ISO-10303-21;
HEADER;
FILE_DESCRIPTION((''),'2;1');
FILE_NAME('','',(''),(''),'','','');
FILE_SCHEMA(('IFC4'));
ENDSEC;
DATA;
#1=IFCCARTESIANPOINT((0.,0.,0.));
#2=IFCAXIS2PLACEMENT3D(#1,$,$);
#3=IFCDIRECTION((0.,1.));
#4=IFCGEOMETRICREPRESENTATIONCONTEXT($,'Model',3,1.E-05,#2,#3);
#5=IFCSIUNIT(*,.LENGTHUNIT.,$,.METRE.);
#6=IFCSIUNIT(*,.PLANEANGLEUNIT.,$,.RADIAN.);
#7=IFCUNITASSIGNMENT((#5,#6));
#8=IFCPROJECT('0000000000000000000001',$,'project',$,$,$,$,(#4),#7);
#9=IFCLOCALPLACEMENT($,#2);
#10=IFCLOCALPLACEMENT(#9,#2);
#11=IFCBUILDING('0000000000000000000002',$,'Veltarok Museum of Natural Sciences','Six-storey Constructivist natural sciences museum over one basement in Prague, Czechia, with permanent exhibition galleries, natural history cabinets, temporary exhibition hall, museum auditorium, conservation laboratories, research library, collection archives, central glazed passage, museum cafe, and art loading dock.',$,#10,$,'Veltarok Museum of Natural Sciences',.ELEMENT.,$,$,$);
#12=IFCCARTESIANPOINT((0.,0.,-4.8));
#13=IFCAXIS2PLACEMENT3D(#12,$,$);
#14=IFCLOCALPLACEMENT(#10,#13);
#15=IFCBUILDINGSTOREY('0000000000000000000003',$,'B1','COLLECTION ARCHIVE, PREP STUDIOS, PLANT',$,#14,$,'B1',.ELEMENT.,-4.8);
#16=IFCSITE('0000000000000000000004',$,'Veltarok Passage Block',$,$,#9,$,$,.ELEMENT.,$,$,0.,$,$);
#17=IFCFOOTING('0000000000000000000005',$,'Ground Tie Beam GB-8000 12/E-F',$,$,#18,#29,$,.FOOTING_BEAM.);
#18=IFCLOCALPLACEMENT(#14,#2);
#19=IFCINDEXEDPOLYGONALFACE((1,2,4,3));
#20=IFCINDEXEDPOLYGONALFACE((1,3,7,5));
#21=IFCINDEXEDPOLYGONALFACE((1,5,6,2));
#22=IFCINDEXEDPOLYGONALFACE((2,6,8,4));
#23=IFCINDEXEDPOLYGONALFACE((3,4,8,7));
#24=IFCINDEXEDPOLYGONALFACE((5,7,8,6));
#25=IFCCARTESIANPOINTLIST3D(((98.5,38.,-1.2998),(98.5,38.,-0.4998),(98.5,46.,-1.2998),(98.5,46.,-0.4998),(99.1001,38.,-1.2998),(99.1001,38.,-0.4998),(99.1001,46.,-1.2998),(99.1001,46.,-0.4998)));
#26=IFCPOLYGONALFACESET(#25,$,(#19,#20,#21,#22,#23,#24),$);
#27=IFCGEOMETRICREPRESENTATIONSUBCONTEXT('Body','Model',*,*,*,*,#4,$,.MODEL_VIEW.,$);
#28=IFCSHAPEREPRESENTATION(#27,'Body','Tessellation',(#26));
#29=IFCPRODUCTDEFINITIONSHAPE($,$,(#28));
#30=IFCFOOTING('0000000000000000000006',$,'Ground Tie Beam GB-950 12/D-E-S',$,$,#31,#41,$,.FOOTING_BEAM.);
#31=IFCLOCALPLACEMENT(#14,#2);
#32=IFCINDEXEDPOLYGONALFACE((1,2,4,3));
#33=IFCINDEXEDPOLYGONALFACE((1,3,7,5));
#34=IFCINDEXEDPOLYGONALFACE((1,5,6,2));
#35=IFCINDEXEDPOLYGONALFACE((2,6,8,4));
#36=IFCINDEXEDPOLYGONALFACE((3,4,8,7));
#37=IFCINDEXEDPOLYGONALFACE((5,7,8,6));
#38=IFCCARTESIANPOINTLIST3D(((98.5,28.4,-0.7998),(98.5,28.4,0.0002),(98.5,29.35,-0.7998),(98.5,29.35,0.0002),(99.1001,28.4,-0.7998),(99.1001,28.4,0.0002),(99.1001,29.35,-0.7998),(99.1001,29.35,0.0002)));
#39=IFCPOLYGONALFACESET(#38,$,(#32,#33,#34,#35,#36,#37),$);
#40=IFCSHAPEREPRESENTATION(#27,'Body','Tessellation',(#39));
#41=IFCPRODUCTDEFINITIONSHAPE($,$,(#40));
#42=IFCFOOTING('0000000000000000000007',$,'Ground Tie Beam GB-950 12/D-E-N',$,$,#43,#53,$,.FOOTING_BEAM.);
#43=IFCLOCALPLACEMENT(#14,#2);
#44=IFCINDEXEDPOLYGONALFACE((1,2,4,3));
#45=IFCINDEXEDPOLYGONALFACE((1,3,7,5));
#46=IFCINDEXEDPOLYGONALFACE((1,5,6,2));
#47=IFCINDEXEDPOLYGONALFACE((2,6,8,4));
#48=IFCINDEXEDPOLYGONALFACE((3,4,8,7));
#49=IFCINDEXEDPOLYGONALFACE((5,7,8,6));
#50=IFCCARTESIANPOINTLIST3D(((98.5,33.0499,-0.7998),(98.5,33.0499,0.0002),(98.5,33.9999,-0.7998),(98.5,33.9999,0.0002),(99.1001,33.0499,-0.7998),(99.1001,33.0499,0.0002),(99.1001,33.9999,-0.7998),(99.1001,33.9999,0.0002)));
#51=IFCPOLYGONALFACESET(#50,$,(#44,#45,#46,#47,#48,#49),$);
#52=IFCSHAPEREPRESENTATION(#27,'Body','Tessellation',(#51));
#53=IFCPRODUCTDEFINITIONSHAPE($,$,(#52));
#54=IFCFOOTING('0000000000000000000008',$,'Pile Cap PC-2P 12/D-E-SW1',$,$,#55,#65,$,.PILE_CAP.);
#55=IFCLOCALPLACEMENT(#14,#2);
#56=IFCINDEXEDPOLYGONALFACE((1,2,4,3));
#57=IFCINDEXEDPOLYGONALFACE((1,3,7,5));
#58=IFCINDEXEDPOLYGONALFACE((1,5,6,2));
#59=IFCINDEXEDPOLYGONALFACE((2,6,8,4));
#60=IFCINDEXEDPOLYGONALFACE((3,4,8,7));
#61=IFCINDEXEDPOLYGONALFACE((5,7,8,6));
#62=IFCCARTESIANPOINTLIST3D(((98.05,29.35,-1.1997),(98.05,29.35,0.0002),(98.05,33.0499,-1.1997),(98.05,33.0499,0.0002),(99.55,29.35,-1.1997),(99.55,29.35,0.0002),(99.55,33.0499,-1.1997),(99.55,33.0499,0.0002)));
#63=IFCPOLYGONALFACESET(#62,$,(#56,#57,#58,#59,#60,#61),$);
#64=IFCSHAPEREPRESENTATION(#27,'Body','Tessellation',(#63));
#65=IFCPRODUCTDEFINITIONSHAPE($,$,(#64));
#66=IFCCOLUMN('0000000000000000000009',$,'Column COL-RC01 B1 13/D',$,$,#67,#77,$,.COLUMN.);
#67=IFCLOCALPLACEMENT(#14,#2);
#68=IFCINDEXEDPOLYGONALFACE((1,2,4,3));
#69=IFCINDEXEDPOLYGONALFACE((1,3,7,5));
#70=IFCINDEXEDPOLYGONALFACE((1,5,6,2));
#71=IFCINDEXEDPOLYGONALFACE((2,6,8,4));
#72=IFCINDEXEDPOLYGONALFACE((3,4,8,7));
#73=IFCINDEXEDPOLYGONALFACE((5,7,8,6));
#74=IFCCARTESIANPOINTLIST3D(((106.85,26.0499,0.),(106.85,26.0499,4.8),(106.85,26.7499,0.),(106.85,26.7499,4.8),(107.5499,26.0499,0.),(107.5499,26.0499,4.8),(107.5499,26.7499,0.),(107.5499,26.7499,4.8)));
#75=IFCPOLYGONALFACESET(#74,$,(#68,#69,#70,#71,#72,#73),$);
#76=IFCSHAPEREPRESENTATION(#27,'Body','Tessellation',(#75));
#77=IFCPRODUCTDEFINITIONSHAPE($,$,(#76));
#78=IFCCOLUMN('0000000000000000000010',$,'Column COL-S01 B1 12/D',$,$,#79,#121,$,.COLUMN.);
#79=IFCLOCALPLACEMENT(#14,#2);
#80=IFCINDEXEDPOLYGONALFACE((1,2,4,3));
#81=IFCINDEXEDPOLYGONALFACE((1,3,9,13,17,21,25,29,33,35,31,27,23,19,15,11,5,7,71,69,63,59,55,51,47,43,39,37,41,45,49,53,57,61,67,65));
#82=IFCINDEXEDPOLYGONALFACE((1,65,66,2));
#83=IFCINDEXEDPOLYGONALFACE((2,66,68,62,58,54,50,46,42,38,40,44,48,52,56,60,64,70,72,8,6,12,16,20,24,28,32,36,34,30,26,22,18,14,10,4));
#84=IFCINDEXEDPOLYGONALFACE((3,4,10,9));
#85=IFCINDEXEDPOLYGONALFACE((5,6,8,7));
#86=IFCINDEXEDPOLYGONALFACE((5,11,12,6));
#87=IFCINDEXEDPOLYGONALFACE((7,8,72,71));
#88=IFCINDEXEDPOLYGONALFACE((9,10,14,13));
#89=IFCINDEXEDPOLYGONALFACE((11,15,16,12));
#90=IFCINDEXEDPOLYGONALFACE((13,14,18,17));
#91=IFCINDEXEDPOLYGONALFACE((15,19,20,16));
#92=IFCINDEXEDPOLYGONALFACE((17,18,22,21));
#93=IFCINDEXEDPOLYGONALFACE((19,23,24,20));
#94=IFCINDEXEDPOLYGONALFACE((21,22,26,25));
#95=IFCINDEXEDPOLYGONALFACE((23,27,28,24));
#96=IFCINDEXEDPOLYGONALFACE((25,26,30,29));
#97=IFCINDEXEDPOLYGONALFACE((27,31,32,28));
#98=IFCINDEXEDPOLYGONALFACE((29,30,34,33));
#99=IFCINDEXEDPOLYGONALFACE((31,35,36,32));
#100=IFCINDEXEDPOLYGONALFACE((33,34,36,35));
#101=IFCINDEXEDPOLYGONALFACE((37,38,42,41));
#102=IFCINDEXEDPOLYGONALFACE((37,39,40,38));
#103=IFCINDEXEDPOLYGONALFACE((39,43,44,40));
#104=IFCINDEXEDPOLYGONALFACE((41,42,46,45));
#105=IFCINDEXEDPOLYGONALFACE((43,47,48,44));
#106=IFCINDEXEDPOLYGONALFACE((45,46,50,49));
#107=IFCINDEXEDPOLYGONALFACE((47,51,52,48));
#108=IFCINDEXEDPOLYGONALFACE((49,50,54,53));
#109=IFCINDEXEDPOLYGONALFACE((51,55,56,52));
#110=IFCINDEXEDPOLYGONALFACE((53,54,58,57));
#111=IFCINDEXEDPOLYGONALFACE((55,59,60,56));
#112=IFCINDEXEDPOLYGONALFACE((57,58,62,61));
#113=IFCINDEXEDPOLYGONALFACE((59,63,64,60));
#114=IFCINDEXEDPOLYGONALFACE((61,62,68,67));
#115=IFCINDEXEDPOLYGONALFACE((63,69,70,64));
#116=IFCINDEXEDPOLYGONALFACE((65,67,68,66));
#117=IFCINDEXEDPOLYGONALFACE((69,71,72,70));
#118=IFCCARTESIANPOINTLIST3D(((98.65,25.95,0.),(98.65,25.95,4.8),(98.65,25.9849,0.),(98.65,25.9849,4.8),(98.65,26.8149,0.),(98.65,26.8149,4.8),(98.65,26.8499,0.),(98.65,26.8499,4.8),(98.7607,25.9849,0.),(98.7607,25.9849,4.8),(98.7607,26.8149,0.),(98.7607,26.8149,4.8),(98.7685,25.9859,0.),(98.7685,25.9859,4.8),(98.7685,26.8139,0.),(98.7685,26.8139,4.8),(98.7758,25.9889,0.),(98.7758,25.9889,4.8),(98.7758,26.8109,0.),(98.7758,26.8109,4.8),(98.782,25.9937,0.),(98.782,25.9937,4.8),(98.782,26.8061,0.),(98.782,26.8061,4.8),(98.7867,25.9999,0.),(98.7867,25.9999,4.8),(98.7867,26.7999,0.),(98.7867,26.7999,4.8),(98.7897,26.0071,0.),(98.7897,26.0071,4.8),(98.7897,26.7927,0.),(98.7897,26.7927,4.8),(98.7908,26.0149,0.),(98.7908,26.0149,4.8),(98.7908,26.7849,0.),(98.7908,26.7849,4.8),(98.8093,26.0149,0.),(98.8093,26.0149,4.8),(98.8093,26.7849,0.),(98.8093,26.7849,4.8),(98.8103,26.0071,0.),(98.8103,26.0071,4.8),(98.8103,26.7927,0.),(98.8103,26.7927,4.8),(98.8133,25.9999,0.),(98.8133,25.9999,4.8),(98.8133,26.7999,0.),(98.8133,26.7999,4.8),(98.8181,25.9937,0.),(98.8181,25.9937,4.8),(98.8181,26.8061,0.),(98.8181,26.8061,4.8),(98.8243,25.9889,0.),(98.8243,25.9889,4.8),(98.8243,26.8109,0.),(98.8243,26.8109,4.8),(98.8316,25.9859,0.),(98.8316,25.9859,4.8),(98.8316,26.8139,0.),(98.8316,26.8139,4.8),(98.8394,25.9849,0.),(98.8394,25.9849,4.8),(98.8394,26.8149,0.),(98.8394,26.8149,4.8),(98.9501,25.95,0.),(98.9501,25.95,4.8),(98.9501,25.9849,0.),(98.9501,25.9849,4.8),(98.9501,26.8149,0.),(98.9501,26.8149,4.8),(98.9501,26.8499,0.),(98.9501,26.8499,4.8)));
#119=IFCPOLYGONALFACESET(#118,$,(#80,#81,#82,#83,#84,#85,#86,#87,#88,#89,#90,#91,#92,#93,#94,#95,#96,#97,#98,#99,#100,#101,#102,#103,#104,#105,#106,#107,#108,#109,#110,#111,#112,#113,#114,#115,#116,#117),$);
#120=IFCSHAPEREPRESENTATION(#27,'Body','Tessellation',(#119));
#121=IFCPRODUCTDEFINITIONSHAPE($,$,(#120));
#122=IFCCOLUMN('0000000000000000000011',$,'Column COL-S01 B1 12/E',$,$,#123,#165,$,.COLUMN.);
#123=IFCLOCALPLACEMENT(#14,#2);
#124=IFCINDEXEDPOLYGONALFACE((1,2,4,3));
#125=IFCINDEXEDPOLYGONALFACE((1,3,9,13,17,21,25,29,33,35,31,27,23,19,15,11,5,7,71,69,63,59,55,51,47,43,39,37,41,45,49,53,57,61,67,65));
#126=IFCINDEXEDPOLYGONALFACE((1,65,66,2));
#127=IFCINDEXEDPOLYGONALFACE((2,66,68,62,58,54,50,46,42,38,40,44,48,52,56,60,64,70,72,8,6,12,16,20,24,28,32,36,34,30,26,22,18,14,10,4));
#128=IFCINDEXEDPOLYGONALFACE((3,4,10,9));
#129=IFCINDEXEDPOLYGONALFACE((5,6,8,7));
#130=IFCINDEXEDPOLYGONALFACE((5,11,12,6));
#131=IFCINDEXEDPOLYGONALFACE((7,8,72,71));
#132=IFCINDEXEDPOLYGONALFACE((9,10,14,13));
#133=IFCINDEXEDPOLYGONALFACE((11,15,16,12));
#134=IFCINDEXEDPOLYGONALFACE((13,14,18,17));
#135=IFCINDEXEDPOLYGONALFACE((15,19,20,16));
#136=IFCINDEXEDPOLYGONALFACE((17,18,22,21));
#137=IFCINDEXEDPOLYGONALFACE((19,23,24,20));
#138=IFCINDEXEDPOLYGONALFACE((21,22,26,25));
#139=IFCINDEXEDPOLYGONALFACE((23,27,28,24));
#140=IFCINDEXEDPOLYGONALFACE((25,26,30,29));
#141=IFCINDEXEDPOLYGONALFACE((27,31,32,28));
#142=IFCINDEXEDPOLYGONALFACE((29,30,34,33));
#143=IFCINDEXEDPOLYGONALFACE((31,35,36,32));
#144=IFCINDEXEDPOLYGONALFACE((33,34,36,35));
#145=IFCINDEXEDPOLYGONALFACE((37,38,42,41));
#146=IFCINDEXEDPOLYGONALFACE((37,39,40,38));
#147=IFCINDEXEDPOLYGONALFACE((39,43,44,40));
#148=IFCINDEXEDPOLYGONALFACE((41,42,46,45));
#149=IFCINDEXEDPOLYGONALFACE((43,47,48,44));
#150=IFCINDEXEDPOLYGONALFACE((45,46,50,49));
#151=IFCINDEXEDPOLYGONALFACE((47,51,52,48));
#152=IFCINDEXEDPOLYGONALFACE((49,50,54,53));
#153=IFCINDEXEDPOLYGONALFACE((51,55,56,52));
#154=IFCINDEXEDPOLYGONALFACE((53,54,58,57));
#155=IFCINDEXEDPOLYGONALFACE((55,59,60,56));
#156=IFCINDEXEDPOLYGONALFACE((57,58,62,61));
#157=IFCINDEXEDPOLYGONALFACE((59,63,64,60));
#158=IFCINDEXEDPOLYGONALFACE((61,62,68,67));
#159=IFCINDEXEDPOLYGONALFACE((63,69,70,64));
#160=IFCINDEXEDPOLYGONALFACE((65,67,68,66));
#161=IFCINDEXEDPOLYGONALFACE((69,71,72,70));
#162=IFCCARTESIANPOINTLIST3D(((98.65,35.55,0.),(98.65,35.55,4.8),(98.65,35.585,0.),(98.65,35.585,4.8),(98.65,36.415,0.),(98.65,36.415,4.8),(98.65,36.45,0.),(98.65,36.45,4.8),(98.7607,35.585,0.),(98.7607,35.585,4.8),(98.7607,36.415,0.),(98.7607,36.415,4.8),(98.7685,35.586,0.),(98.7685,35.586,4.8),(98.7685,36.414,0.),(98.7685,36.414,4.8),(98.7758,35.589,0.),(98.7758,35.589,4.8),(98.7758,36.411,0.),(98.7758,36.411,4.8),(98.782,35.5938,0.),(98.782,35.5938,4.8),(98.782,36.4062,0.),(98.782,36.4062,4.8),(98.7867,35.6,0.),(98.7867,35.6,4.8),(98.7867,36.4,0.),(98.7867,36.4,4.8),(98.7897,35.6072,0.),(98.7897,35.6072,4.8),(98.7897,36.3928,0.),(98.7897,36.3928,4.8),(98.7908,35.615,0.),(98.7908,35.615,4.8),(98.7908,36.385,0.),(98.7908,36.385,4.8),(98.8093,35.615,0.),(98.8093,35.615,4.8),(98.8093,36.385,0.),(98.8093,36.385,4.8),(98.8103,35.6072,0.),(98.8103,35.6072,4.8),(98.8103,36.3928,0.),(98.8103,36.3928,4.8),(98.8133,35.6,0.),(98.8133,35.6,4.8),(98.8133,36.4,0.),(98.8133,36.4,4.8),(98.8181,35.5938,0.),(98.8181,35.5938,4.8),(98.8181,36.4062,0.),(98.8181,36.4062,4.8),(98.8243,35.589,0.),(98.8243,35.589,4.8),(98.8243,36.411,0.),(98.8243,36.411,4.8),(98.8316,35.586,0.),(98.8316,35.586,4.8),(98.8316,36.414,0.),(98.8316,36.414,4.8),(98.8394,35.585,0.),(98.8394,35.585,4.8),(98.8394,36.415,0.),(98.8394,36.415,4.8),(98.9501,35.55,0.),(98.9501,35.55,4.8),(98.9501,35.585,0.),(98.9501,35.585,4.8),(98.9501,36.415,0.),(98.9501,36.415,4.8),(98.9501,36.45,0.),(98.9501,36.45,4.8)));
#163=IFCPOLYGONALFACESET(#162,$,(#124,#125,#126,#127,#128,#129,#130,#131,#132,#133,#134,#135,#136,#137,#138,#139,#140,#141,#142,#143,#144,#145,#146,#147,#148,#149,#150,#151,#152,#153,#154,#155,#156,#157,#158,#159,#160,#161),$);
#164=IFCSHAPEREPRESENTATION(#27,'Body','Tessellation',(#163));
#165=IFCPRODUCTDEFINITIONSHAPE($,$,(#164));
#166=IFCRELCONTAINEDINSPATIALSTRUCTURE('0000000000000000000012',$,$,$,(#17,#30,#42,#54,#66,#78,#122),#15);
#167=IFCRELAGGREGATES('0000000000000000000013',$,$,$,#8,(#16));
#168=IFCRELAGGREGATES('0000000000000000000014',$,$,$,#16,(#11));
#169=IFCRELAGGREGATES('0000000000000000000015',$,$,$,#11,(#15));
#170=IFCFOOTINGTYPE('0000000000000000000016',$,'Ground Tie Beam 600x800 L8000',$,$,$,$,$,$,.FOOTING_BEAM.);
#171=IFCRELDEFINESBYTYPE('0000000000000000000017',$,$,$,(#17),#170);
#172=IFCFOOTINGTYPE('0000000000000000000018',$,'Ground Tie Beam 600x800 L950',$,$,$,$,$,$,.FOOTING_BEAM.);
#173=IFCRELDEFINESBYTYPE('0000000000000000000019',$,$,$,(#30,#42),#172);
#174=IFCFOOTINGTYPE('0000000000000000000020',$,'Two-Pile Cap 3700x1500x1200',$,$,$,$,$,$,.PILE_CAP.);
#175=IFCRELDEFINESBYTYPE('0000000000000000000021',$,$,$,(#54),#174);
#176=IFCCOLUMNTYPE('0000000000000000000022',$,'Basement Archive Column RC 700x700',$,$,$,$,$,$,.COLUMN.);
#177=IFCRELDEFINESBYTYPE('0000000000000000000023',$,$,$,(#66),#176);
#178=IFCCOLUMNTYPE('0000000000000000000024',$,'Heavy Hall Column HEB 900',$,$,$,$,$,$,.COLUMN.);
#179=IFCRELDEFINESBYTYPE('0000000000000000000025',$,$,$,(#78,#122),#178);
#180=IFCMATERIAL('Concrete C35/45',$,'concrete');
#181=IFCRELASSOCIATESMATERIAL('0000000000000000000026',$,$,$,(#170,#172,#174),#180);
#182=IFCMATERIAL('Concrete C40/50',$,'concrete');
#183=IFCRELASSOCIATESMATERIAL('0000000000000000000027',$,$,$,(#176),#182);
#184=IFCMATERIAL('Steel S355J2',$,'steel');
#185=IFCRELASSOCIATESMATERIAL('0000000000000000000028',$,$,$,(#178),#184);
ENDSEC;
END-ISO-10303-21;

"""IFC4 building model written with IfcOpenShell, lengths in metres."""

from ifc_helpers import new_model, si_unit, direction, frame, origin, origin_2d, place, context, subcontext, project, spatial, rectangle, i_section, extrude, material, material_profile, profile_set, type_object, element, save


model = new_model("IFC4")

# Units and contexts
model_context = context("Model", 3, precision=1e-05, world=origin(), true_north=direction((0.0, 1.0)))
body_context = subcontext(model_context, "Body", "Model", "MODEL_VIEW")
ifc_project = project(units=[si_unit("LENGTHUNIT", "METRE"), si_unit("PLANEANGLEUNIT", "RADIAN")], contexts=[model_context])

# Site, building, storey
site_placement = place(None, origin())
site = spatial("IfcSite", under=ifc_project, at=site_placement, Name="Veltarok Passage Block", CompositionType="ELEMENT", RefElevation=0.0)
building_placement = place(site_placement, origin())
building = spatial("IfcBuilding", under=site, at=building_placement, Name="Veltarok Museum of Natural Sciences", Description="Six-storey Constructivist natural sciences museum over one basement in Prague, Czechia, with permanent exhibition galleries, natural history cabinets, temporary exhibition hall, museum auditorium, conservation laboratories, research library, collection archives, central glazed passage, museum cafe, and art loading dock.", LongName="Veltarok Museum of Natural Sciences", CompositionType="ELEMENT")
storey_placement = place(building_placement, frame((0.0, 0.0, -4.8)))
storey = spatial("IfcBuildingStorey", under=building, at=storey_placement, Name="B1", Description="COLLECTION ARCHIVE, PREP STUDIOS, PLANT", LongName="B1", CompositionType="ELEMENT", Elevation=-4.8)

# Shared definitions
ifc_material_1 = material(Name="Concrete C35/45", Category="concrete")

# Footings
footing_type_1 = type_object("IfcFootingType", Name="Ground Tie Beam 600x800 L8000", PredefinedType="FOOTING_BEAM", material=ifc_material_1)
footing_1_placement = place(storey_placement, frame((98.8, 42.0, -1.2998), z_axis=(0.0, 0.0, 1.0), x_axis=(0.0, 1.0, 0.0)))
element("IfcFooting", 1, at=footing_1_placement, inside=storey, type_object=footing_type_1, Name="Ground Tie Beam GB-8000 12/E-F", PredefinedType="FOOTING_BEAM", context=body_context, shape_type="SweptSolid", body=[
    extrude(rectangle(XDim=8.0, YDim=0.6001, at=origin_2d()), origin(), (0.0, 0.0, 1.0), 0.8),
])
footing_type_2 = type_object("IfcFootingType", Name="Ground Tie Beam 600x800 L950", PredefinedType="FOOTING_BEAM", material=ifc_material_1)
for number, where, z_axis, x_axis, name in (
    (2, (98.8, 28.875, -0.7998), (0.0, 0.0, 1.0), (0.0, 1.0, 0.0), "Ground Tie Beam GB-950 12/D-E-S"),
    (3, (98.8, 33.5249, -0.7998), (0.0, 0.0, 1.0), (0.0, 1.0, 0.0), "Ground Tie Beam GB-950 12/D-E-N"),
):
    element("IfcFooting", number, at=place(storey_placement, frame(where, z_axis=z_axis, x_axis=x_axis)), inside=storey, type_object=footing_type_2, Name=name, PredefinedType="FOOTING_BEAM", context=body_context, shape_type="SweptSolid", body=[
        extrude(rectangle(XDim=0.95, YDim=0.6001, at=origin_2d()), origin(), (0.0, 0.0, 1.0), 0.8),
    ])
footing_type_3 = type_object("IfcFootingType", Name="Two-Pile Cap 3700x1500x1200", PredefinedType="PILE_CAP", material=ifc_material_1)
footing_2_placement = place(storey_placement, frame((98.8, 31.2, -1.1997), z_axis=(0.0, 0.0, 1.0), x_axis=(0.0, 1.0, 0.0)))
element("IfcFooting", 4, at=footing_2_placement, inside=storey, type_object=footing_type_3, Name="Pile Cap PC-2P 12/D-E-SW1", PredefinedType="PILE_CAP", context=body_context, shape_type="SweptSolid", body=[
    extrude(rectangle(XDim=3.7, YDim=1.5, at=origin_2d()), origin(), (0.0, 0.0, 1.0), 1.2),
])

# Columns
ifc_material_2 = material(Name="Concrete C40/50", Category="concrete")
ifc_material_profile_1 = material_profile(ifc_material_2, rectangle(XDim=0.7, YDim=0.7, at=origin_2d()), Name="RC 700x700")
ifc_profile_set_1 = profile_set([ifc_material_profile_1], Name="Concrete C40/50")
column_type_1 = type_object("IfcColumnType", Name="Basement Archive Column RC 700x700", PredefinedType="COLUMN", material=ifc_profile_set_1)
column_placement = place(storey_placement, frame((107.2, 26.3999, 0.0), z_axis=(0.0, 0.0, 1.0), x_axis=(0.0, 1.0, 0.0)))
element("IfcColumn", 5, at=column_placement, inside=storey, type_object=column_type_1, Name="Column COL-RC01 B1 13/D", PredefinedType="COLUMN", context=body_context, shape_type="SweptSolid", body=[
    extrude(rectangle(XDim=0.7, YDim=0.7, at=origin_2d()), origin(), (0.0, 0.0, 1.0), 4.8),
])
ifc_material_3 = material(Name="Steel S355J2", Category="steel")
ifc_material_profile_2 = material_profile(ifc_material_3, i_section(OverallWidth=0.3, OverallDepth=0.8999, WebThickness=0.0186, FlangeThickness=0.0349, FilletRadius=0.03, at=origin_2d()), Name="HEB 900")
ifc_profile_set_2 = profile_set([ifc_material_profile_2], Name="Steel S355J2")
column_type_2 = type_object("IfcColumnType", Name="Heavy Hall Column HEB 900", PredefinedType="COLUMN", material=ifc_profile_set_2)
for number, where, z_axis, x_axis, name in (
    (6, (98.8, 26.3999, 0.0), (0.0, 0.0, 1.0), (1.0, 0.0, 0.0), "Column COL-S01 B1 12/D"),
    (7, (98.8, 36.0, 0.0), (0.0, 0.0, 1.0), (1.0, 0.0, 0.0), "Column COL-S01 B1 12/E"),
):
    element("IfcColumn", number, at=place(storey_placement, frame(where, z_axis=z_axis, x_axis=x_axis)), inside=storey, type_object=column_type_2, Name=name, PredefinedType="COLUMN", context=body_context, shape_type="SweptSolid", body=[
        extrude(i_section(OverallWidth=0.3, OverallDepth=0.8999, WebThickness=0.0186, FlangeThickness=0.0349, FilletRadius=0.03, at=origin_2d()), origin(), (0.0, 0.0, 1.0), 4.8),
    ])

save(model, "model.ifc")
